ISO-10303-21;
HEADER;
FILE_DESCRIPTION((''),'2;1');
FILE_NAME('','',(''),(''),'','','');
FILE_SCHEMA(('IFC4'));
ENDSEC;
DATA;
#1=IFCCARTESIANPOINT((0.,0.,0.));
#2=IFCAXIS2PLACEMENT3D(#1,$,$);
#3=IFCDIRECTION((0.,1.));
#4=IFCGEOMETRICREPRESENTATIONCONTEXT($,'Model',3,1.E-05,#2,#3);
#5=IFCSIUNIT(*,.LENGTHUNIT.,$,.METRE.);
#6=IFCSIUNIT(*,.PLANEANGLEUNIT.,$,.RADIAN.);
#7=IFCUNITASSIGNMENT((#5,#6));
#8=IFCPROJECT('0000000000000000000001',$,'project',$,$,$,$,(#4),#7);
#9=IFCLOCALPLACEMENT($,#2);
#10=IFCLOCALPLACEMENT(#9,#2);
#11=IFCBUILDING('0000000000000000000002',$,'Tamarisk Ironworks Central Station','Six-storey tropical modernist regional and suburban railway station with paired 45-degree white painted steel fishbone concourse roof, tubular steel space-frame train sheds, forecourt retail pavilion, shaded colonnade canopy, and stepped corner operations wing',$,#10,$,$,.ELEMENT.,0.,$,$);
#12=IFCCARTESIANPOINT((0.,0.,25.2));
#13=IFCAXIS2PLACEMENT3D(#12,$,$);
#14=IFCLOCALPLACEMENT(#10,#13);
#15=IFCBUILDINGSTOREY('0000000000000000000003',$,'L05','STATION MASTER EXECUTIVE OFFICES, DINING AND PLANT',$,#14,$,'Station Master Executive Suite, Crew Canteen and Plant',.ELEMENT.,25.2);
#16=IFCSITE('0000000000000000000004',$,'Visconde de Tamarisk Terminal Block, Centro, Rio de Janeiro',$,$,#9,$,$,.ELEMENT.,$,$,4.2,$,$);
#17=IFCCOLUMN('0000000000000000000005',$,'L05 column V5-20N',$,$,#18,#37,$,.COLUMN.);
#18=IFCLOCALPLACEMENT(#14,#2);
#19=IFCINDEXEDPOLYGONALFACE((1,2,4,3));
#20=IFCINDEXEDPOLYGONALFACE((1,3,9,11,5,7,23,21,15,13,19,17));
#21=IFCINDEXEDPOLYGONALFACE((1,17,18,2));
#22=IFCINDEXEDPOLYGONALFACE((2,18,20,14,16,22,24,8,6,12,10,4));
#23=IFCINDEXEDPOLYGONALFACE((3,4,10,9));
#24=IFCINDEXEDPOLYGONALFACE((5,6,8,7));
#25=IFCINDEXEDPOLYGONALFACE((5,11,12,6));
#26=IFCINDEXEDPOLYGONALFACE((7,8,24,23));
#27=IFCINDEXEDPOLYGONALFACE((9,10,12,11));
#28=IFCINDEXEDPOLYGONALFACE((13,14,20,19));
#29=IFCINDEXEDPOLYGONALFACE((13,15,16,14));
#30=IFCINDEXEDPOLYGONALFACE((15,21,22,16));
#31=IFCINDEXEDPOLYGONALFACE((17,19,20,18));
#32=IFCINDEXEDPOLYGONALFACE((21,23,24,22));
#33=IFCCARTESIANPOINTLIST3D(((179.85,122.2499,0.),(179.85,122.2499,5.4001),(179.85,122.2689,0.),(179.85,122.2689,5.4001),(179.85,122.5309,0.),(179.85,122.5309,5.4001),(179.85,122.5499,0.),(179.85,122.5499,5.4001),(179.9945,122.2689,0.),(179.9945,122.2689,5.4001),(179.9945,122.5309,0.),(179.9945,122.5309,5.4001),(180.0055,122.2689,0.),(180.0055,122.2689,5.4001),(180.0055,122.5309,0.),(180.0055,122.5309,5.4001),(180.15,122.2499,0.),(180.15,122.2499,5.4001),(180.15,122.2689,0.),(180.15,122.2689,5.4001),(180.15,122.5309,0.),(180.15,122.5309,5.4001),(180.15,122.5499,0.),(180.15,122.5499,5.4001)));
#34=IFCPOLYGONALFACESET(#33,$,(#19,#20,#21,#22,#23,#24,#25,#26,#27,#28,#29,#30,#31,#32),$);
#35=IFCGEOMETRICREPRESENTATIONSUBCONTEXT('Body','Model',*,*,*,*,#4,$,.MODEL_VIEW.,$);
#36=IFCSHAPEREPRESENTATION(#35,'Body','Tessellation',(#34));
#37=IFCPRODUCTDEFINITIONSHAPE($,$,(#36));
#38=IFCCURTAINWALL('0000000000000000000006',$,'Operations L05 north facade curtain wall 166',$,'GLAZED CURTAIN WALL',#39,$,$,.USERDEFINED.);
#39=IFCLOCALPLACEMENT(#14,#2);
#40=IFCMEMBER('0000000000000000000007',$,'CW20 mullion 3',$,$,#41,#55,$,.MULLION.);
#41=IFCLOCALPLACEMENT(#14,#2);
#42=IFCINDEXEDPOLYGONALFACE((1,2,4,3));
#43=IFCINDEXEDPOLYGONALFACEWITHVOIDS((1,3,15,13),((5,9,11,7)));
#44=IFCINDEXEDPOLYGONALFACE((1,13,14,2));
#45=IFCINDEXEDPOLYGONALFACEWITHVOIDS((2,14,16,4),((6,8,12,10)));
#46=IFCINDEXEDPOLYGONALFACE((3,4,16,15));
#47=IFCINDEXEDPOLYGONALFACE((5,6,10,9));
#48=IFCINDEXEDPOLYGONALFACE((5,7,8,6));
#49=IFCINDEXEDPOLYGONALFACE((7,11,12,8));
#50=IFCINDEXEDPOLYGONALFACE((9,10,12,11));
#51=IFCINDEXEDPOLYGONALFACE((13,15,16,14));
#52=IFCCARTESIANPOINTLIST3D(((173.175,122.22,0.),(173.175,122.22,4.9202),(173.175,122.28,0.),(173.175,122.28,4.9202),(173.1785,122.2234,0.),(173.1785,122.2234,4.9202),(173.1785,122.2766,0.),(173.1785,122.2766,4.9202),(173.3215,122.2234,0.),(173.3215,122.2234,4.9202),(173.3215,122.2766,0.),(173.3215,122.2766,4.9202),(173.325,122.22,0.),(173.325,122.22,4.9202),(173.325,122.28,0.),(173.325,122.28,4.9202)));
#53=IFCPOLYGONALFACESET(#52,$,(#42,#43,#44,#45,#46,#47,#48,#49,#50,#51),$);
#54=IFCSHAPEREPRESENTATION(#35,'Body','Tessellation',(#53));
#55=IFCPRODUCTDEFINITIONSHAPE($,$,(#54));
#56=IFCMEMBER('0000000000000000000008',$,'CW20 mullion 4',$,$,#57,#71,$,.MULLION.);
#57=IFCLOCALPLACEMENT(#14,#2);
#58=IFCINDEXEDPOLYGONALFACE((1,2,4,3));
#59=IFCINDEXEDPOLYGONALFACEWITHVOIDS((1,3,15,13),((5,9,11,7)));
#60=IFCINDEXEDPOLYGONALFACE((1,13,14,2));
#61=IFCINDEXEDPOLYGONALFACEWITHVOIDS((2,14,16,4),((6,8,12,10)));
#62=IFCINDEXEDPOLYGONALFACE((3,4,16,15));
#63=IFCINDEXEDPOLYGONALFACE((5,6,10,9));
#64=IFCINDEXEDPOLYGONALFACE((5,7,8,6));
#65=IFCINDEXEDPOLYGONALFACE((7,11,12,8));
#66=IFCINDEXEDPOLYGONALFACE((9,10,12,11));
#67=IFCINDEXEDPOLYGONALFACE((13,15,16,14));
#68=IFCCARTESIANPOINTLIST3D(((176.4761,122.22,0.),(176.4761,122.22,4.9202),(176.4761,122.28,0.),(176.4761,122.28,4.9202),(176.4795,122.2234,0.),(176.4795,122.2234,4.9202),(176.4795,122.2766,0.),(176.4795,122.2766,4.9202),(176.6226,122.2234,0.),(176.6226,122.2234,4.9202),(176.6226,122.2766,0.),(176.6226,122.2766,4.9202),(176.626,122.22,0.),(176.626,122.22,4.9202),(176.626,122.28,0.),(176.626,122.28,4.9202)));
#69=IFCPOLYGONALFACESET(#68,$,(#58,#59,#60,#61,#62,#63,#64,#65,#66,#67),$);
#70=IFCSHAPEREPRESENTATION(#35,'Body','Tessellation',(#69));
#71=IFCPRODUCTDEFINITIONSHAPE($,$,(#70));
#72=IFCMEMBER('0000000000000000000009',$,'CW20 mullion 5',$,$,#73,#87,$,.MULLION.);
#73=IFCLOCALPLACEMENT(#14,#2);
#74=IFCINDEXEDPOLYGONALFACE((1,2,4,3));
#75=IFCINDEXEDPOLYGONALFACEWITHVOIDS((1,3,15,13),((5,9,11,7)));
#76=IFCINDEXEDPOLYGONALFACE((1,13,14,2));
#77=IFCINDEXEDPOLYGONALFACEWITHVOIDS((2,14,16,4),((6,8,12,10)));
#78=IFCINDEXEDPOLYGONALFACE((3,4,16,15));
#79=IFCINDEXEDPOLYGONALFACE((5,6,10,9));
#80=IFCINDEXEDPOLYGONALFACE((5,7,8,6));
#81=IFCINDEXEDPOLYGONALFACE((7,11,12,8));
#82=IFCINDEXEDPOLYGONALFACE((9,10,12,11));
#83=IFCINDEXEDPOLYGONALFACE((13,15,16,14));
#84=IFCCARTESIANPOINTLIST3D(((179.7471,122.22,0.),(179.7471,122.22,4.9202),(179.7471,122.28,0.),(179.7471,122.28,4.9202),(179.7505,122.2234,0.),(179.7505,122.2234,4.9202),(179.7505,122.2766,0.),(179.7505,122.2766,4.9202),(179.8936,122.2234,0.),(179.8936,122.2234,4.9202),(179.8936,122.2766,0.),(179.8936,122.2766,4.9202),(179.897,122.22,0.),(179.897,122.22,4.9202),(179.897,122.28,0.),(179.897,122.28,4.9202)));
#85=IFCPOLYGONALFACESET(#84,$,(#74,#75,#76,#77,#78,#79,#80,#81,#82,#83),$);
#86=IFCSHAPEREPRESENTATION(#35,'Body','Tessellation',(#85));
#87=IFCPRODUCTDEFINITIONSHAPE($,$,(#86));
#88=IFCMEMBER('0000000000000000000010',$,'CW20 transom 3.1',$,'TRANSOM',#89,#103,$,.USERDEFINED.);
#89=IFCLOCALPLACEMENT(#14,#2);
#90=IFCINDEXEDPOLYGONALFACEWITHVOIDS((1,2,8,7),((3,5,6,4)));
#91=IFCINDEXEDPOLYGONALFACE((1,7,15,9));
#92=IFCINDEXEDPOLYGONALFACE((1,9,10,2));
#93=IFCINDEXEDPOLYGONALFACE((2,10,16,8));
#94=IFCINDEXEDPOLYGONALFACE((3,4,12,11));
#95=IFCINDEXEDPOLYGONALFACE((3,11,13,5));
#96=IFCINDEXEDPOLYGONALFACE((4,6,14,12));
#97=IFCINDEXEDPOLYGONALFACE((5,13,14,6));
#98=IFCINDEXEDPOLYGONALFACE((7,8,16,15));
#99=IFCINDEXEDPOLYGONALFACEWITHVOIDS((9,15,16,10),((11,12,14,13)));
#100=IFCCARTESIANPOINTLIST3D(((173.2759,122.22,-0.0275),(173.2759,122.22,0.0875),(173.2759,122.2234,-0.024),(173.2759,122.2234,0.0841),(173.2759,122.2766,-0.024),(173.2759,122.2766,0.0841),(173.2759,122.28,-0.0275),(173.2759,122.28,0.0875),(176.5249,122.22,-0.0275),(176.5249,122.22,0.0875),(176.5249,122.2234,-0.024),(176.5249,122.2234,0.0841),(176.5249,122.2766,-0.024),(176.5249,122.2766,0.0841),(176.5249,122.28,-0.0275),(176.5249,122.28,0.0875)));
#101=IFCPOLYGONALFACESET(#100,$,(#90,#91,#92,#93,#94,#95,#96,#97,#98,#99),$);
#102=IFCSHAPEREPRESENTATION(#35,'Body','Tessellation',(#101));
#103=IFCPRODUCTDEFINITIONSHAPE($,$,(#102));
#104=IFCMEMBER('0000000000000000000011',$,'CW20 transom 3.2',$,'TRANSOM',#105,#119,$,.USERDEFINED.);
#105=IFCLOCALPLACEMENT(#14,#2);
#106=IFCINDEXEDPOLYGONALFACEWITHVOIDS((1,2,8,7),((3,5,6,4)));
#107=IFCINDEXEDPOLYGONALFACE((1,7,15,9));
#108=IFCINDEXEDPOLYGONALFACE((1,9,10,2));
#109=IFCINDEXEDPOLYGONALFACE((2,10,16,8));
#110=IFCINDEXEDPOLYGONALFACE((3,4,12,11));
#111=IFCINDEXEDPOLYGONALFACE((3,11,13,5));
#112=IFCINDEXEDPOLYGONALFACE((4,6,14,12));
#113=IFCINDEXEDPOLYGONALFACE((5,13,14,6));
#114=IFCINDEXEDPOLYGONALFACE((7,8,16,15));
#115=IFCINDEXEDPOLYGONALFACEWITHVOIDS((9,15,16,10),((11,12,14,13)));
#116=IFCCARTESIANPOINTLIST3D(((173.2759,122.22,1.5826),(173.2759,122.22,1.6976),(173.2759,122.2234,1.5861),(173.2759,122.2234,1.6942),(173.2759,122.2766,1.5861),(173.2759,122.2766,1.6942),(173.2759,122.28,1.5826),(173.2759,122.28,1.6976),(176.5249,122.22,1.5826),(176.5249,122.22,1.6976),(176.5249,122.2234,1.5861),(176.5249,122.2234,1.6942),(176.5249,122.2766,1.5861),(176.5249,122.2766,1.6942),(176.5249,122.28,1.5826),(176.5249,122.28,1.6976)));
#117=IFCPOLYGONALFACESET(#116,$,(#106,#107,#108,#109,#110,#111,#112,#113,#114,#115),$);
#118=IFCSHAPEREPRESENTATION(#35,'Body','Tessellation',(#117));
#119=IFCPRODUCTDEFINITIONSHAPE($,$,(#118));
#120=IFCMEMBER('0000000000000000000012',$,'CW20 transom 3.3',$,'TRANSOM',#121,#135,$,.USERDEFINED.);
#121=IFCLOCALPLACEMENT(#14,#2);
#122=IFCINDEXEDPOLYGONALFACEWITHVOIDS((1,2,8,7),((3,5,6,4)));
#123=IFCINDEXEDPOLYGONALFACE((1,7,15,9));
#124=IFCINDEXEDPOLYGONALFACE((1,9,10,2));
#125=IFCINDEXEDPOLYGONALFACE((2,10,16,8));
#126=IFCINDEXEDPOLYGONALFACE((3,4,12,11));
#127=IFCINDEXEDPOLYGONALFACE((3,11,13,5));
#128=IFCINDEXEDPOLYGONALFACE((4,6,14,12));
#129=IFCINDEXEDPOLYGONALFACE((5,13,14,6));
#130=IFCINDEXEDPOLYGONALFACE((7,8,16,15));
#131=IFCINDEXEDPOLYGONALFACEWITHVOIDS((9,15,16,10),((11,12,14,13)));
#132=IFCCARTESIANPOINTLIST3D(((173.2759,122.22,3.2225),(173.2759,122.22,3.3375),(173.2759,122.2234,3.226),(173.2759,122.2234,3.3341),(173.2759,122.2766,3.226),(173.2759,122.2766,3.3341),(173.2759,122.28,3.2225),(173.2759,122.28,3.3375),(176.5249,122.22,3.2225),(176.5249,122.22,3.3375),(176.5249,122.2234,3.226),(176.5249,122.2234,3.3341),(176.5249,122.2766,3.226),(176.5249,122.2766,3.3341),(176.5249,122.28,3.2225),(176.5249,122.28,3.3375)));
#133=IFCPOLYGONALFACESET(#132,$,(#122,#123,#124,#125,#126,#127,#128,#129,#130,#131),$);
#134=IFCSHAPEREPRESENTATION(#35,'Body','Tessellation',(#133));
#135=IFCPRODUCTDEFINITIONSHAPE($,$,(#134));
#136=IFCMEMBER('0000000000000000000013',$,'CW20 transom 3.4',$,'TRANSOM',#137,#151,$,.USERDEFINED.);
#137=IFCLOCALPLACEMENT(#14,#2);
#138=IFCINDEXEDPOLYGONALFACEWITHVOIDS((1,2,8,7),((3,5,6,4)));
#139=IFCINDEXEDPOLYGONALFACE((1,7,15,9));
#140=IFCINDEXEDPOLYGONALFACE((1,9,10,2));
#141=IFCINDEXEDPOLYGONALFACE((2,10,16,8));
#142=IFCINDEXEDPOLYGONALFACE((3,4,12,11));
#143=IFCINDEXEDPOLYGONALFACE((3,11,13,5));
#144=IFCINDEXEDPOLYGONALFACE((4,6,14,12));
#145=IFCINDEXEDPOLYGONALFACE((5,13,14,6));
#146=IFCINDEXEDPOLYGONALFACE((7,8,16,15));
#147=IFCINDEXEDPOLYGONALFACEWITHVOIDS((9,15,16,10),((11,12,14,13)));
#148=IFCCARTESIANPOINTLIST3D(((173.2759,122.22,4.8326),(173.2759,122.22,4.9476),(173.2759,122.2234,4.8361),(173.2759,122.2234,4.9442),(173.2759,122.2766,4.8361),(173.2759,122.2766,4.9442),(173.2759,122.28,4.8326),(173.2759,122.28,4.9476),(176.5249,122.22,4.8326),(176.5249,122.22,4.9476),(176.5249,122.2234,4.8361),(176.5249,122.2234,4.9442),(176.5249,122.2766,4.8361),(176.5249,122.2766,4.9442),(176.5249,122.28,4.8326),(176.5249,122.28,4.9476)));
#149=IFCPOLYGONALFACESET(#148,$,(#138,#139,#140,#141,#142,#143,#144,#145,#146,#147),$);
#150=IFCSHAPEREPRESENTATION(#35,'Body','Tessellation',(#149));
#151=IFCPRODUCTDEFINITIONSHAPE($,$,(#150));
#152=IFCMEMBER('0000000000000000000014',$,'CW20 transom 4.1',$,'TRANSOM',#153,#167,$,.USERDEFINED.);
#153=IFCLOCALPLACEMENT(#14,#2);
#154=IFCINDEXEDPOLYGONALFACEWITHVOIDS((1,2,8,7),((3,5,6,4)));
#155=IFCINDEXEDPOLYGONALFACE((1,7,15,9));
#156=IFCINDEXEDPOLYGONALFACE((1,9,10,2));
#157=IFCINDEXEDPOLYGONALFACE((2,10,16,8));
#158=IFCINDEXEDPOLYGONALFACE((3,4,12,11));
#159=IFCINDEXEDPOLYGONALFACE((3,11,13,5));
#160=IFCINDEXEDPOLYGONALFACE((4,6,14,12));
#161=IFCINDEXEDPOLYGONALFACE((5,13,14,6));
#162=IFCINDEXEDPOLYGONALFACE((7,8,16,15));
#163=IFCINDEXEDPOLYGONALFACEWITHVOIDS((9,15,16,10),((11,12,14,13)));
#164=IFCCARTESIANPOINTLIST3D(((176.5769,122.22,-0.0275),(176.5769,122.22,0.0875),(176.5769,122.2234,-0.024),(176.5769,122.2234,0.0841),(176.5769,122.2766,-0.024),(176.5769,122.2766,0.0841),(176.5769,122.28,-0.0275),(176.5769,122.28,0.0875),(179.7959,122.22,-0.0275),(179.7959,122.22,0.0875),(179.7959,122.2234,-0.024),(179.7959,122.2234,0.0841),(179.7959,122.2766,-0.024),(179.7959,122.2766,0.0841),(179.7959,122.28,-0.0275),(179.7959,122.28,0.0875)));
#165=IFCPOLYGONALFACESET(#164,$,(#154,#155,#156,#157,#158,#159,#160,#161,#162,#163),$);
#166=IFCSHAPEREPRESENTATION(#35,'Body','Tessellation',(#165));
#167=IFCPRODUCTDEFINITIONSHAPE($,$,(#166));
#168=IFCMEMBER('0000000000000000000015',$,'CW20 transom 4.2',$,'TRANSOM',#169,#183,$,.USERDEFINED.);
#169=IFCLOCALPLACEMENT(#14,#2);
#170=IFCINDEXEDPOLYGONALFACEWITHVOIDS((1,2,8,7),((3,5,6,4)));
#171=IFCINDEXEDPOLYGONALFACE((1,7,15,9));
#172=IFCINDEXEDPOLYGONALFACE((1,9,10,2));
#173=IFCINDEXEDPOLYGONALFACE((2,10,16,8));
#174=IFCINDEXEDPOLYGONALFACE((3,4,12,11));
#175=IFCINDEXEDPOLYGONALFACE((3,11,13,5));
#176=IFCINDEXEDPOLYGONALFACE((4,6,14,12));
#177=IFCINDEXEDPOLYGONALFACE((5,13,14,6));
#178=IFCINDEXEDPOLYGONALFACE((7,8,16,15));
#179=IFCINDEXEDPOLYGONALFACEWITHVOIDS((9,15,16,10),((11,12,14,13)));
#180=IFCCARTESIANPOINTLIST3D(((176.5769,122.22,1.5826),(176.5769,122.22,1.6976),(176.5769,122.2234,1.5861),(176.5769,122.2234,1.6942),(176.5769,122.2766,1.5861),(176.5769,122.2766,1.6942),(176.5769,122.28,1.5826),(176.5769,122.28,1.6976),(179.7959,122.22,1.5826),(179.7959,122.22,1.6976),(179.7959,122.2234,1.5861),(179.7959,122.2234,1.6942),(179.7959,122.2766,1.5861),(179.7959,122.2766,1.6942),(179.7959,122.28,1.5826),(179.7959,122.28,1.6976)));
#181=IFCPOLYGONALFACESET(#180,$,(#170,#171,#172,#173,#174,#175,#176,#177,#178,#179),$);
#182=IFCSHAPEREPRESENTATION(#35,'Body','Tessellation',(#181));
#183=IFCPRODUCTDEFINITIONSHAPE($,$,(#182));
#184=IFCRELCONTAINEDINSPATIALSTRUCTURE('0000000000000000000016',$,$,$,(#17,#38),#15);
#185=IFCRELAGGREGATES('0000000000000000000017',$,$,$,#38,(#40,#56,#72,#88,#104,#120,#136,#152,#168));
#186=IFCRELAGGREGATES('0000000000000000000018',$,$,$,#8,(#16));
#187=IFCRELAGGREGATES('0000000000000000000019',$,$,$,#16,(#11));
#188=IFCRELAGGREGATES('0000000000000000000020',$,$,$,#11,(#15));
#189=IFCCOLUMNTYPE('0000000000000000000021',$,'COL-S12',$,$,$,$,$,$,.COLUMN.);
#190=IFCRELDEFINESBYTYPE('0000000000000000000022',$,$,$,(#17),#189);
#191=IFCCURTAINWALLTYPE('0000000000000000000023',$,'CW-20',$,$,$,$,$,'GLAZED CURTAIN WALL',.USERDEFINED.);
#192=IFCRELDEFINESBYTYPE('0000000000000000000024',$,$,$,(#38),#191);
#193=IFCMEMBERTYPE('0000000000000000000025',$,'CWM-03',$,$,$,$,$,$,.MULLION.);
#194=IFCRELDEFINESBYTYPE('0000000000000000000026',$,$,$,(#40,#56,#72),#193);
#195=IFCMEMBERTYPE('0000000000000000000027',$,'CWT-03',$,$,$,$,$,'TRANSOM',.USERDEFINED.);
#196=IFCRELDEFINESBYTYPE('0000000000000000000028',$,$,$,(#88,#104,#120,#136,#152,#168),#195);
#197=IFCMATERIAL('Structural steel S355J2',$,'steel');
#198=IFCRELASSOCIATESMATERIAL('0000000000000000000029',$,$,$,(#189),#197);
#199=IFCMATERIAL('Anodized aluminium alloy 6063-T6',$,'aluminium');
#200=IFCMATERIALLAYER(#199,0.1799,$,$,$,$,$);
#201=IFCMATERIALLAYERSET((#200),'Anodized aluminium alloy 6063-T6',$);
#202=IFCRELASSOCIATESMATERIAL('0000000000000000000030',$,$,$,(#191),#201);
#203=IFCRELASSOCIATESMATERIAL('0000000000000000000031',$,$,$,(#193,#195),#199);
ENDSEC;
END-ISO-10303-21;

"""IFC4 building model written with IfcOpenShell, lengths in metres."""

from ifc_helpers import new_model, si_unit, direction, frame, origin, origin_2d, place, context, subcontext, project, spatial, hollow_rectangle, i_section, extrude, material, layer, layer_set, material_profile, profile_set, type_object, element, aggregate, save


model = new_model("IFC4")

# Units and contexts
model_context = context("Model", 3, precision=1e-05, world=origin(), true_north=direction((0.0, 1.0)))
body_context = subcontext(model_context, "Body", "Model", "MODEL_VIEW")
ifc_project = project(units=[si_unit("LENGTHUNIT", "METRE"), si_unit("PLANEANGLEUNIT", "RADIAN")], contexts=[model_context])

# Site, building, storey
site_placement = place(None, origin())
site = spatial("IfcSite", under=ifc_project, at=site_placement, Name="Visconde de Tamarisk Terminal Block, Centro, Rio de Janeiro", CompositionType="ELEMENT", RefElevation=4.2)
building_placement = place(site_placement, origin())
building = spatial("IfcBuilding", under=site, at=building_placement, Name="Tamarisk Ironworks Central Station", Description="Six-storey tropical modernist regional and suburban railway station with paired 45-degree white painted steel fishbone concourse roof, tubular steel space-frame train sheds, forecourt retail pavilion, shaded colonnade canopy, and stepped corner operations wing", CompositionType="ELEMENT", ElevationOfRefHeight=0.0)
storey_placement = place(building_placement, frame((0.0, 0.0, 25.2)))
storey = spatial("IfcBuildingStorey", under=building, at=storey_placement, Name="L05", Description="STATION MASTER EXECUTIVE OFFICES, DINING AND PLANT", LongName="Station Master Executive Suite, Crew Canteen and Plant", CompositionType="ELEMENT", Elevation=25.2)

# Column
ifc_material_1 = material(Name="Structural steel S355J2", Category="steel")
ifc_material_profile_1 = material_profile(ifc_material_1, i_section(OverallWidth=0.3, OverallDepth=0.3, WebThickness=0.011, FlangeThickness=0.019, at=origin_2d()), Name="HEB 300")
ifc_profile_set_1 = profile_set([ifc_material_profile_1], Name="Structural steel S355J2")
column_type = type_object("IfcColumnType", Name="COL-S12", PredefinedType="COLUMN", material=ifc_profile_set_1)
column_placement = place(storey_placement, frame((180.0, 122.3999, 0.0), z_axis=(0.0, 0.0, 1.0), x_axis=(1.0, 0.0, 0.0)))
element("IfcColumn", 1, at=column_placement, inside=storey, type_object=column_type, Name="L05 column V5-20N", PredefinedType="COLUMN", context=body_context, shape_type="SweptSolid", body=[
    extrude(i_section(OverallWidth=0.3, OverallDepth=0.3, WebThickness=0.011, FlangeThickness=0.019, at=origin_2d()), origin(), (0.0, 0.0, 1.0), 5.4001),
])

# Curtain wall, members
ifc_material_2 = material(Name="Anodized aluminium alloy 6063-T6", Category="aluminium")
ifc_layer_1 = layer(ifc_material_2, 0.1799)
ifc_layer_set_1 = layer_set([ifc_layer_1], Name="Anodized aluminium alloy 6063-T6")
curtain_wall_type = type_object("IfcCurtainWallType", Name="CW-20", ElementType="GLAZED CURTAIN WALL", PredefinedType="USERDEFINED", material=ifc_layer_set_1)
curtain_wall_placement = place(storey_placement, origin())
curtain_wall = element("IfcCurtainWall", 2, at=curtain_wall_placement, inside=storey, type_object=curtain_wall_type, Name="Operations L05 north facade curtain wall 166", ObjectType="GLAZED CURTAIN WALL", PredefinedType="USERDEFINED")
ifc_material_profile_2 = material_profile(ifc_material_2, hollow_rectangle(XDim=0.0601, YDim=0.1499, WallThickness=0.0034, at=origin_2d()), Name="ALUM 150x60")
ifc_profile_set_2 = profile_set([ifc_material_profile_2], Name="Anodized aluminium alloy 6063-T6")
member_type_1 = type_object("IfcMemberType", Name="CWM-03", PredefinedType="MULLION", material=ifc_profile_set_2)
member_1_placement = place(storey_placement, frame((173.25, 122.25, 0.0), z_axis=(0.0, 0.0, 1.0), x_axis=(0.0, 1.0, 0.0)))
member_1 = element("IfcMember", 3, at=member_1_placement, type_object=member_type_1, Name="CW20 mullion 3", PredefinedType="MULLION", context=body_context, shape_type="SweptSolid", body=[
    extrude(hollow_rectangle(XDim=0.0601, YDim=0.1499, WallThickness=0.0034, at=origin_2d()), origin(), (0.0, 0.0, 1.0), 4.9202),
])
member_2_placement = place(storey_placement, frame((176.551, 122.25, 0.0), z_axis=(0.0, 0.0, 1.0), x_axis=(0.0, 1.0, 0.0)))
member_2 = element("IfcMember", 4, at=member_2_placement, type_object=member_type_1, Name="CW20 mullion 4", PredefinedType="MULLION", context=body_context, shape_type="SweptSolid", body=[
    extrude(hollow_rectangle(XDim=0.0601, YDim=0.1499, WallThickness=0.0034, at=origin_2d()), origin(), (0.0, 0.0, 1.0), 4.9202),
])
member_3_placement = place(storey_placement, frame((179.822, 122.25, 0.0), z_axis=(0.0, 0.0, 1.0), x_axis=(0.0, 1.0, 0.0)))
member_3 = element("IfcMember", 5, at=member_3_placement, type_object=member_type_1, Name="CW20 mullion 5", PredefinedType="MULLION", context=body_context, shape_type="SweptSolid", body=[
    extrude(hollow_rectangle(XDim=0.0601, YDim=0.1499, WallThickness=0.0034, at=origin_2d()), origin(), (0.0, 0.0, 1.0), 4.9202),
])
ifc_material_profile_3 = material_profile(ifc_material_2, hollow_rectangle(XDim=0.0601, YDim=0.115, WallThickness=0.0034, at=origin_2d()), Name="ALUM 115x60")
ifc_profile_set_3 = profile_set([ifc_material_profile_3], Name="Anodized aluminium alloy 6063-T6")
member_type_2 = type_object("IfcMemberType", Name="CWT-03", ElementType="TRANSOM", PredefinedType="USERDEFINED", material=ifc_profile_set_3)
member_4_placement = place(storey_placement, frame((173.2759, 122.25, 0.03), z_axis=(1.0, 0.0, 0.0), x_axis=(0.0, 1.0, 0.0)))
member_4 = element("IfcMember", 6, at=member_4_placement, type_object=member_type_2, Name="CW20 transom 3.1", ObjectType="TRANSOM", PredefinedType="USERDEFINED", context=body_context, shape_type="SweptSolid", body=[
    extrude(hollow_rectangle(XDim=0.0601, YDim=0.115, WallThickness=0.0034, at=origin_2d()), origin(), (0.0, 0.0, 1.0), 3.249),
])
member_5_placement = place(storey_placement, frame((173.2759, 122.25, 1.6401), z_axis=(1.0, 0.0, 0.0), x_axis=(0.0, 1.0, 0.0)))
member_5 = element("IfcMember", 7, at=member_5_placement, type_object=member_type_2, Name="CW20 transom 3.2", ObjectType="TRANSOM", PredefinedType="USERDEFINED", context=body_context, shape_type="SweptSolid", body=[
    extrude(hollow_rectangle(XDim=0.0601, YDim=0.115, WallThickness=0.0034, at=origin_2d()), origin(), (0.0, 0.0, 1.0), 3.249),
])
member_6_placement = place(storey_placement, frame((173.2759, 122.25, 3.28), z_axis=(1.0, 0.0, 0.0), x_axis=(0.0, 1.0, 0.0)))
member_6 = element("IfcMember", 8, at=member_6_placement, type_object=member_type_2, Name="CW20 transom 3.3", ObjectType="TRANSOM", PredefinedType="USERDEFINED", context=body_context, shape_type="SweptSolid", body=[
    extrude(hollow_rectangle(XDim=0.0601, YDim=0.115, WallThickness=0.0034, at=origin_2d()), origin(), (0.0, 0.0, 1.0), 3.249),
])
member_7_placement = place(storey_placement, frame((173.2759, 122.25, 4.8901), z_axis=(1.0, 0.0, 0.0), x_axis=(0.0, 1.0, 0.0)))
member_7 = element("IfcMember", 9, at=member_7_placement, type_object=member_type_2, Name="CW20 transom 3.4", ObjectType="TRANSOM", PredefinedType="USERDEFINED", context=body_context, shape_type="SweptSolid", body=[
    extrude(hollow_rectangle(XDim=0.0601, YDim=0.115, WallThickness=0.0034, at=origin_2d()), origin(), (0.0, 0.0, 1.0), 3.249),
])
member_8_placement = place(storey_placement, frame((176.5769, 122.25, 0.03), z_axis=(1.0, 0.0, 0.0), x_axis=(0.0, 1.0, 0.0)))
member_8 = element("IfcMember", 10, at=member_8_placement, type_object=member_type_2, Name="CW20 transom 4.1", ObjectType="TRANSOM", PredefinedType="USERDEFINED", context=body_context, shape_type="SweptSolid", body=[
    extrude(hollow_rectangle(XDim=0.0601, YDim=0.115, WallThickness=0.0034, at=origin_2d()), origin(), (0.0, 0.0, 1.0), 3.219),
])
member_9_placement = place(storey_placement, frame((176.5769, 122.25, 1.6401), z_axis=(1.0, 0.0, 0.0), x_axis=(0.0, 1.0, 0.0)))
member_9 = element("IfcMember", 11, at=member_9_placement, type_object=member_type_2, Name="CW20 transom 4.2", ObjectType="TRANSOM", PredefinedType="USERDEFINED", context=body_context, shape_type="SweptSolid", body=[
    extrude(hollow_rectangle(XDim=0.0601, YDim=0.115, WallThickness=0.0034, at=origin_2d()), origin(), (0.0, 0.0, 1.0), 3.219),
])
aggregate(curtain_wall, [member_1, member_2, member_3, member_4, member_5, member_6, member_7, member_8, member_9])

save(model, "model.ifc")
